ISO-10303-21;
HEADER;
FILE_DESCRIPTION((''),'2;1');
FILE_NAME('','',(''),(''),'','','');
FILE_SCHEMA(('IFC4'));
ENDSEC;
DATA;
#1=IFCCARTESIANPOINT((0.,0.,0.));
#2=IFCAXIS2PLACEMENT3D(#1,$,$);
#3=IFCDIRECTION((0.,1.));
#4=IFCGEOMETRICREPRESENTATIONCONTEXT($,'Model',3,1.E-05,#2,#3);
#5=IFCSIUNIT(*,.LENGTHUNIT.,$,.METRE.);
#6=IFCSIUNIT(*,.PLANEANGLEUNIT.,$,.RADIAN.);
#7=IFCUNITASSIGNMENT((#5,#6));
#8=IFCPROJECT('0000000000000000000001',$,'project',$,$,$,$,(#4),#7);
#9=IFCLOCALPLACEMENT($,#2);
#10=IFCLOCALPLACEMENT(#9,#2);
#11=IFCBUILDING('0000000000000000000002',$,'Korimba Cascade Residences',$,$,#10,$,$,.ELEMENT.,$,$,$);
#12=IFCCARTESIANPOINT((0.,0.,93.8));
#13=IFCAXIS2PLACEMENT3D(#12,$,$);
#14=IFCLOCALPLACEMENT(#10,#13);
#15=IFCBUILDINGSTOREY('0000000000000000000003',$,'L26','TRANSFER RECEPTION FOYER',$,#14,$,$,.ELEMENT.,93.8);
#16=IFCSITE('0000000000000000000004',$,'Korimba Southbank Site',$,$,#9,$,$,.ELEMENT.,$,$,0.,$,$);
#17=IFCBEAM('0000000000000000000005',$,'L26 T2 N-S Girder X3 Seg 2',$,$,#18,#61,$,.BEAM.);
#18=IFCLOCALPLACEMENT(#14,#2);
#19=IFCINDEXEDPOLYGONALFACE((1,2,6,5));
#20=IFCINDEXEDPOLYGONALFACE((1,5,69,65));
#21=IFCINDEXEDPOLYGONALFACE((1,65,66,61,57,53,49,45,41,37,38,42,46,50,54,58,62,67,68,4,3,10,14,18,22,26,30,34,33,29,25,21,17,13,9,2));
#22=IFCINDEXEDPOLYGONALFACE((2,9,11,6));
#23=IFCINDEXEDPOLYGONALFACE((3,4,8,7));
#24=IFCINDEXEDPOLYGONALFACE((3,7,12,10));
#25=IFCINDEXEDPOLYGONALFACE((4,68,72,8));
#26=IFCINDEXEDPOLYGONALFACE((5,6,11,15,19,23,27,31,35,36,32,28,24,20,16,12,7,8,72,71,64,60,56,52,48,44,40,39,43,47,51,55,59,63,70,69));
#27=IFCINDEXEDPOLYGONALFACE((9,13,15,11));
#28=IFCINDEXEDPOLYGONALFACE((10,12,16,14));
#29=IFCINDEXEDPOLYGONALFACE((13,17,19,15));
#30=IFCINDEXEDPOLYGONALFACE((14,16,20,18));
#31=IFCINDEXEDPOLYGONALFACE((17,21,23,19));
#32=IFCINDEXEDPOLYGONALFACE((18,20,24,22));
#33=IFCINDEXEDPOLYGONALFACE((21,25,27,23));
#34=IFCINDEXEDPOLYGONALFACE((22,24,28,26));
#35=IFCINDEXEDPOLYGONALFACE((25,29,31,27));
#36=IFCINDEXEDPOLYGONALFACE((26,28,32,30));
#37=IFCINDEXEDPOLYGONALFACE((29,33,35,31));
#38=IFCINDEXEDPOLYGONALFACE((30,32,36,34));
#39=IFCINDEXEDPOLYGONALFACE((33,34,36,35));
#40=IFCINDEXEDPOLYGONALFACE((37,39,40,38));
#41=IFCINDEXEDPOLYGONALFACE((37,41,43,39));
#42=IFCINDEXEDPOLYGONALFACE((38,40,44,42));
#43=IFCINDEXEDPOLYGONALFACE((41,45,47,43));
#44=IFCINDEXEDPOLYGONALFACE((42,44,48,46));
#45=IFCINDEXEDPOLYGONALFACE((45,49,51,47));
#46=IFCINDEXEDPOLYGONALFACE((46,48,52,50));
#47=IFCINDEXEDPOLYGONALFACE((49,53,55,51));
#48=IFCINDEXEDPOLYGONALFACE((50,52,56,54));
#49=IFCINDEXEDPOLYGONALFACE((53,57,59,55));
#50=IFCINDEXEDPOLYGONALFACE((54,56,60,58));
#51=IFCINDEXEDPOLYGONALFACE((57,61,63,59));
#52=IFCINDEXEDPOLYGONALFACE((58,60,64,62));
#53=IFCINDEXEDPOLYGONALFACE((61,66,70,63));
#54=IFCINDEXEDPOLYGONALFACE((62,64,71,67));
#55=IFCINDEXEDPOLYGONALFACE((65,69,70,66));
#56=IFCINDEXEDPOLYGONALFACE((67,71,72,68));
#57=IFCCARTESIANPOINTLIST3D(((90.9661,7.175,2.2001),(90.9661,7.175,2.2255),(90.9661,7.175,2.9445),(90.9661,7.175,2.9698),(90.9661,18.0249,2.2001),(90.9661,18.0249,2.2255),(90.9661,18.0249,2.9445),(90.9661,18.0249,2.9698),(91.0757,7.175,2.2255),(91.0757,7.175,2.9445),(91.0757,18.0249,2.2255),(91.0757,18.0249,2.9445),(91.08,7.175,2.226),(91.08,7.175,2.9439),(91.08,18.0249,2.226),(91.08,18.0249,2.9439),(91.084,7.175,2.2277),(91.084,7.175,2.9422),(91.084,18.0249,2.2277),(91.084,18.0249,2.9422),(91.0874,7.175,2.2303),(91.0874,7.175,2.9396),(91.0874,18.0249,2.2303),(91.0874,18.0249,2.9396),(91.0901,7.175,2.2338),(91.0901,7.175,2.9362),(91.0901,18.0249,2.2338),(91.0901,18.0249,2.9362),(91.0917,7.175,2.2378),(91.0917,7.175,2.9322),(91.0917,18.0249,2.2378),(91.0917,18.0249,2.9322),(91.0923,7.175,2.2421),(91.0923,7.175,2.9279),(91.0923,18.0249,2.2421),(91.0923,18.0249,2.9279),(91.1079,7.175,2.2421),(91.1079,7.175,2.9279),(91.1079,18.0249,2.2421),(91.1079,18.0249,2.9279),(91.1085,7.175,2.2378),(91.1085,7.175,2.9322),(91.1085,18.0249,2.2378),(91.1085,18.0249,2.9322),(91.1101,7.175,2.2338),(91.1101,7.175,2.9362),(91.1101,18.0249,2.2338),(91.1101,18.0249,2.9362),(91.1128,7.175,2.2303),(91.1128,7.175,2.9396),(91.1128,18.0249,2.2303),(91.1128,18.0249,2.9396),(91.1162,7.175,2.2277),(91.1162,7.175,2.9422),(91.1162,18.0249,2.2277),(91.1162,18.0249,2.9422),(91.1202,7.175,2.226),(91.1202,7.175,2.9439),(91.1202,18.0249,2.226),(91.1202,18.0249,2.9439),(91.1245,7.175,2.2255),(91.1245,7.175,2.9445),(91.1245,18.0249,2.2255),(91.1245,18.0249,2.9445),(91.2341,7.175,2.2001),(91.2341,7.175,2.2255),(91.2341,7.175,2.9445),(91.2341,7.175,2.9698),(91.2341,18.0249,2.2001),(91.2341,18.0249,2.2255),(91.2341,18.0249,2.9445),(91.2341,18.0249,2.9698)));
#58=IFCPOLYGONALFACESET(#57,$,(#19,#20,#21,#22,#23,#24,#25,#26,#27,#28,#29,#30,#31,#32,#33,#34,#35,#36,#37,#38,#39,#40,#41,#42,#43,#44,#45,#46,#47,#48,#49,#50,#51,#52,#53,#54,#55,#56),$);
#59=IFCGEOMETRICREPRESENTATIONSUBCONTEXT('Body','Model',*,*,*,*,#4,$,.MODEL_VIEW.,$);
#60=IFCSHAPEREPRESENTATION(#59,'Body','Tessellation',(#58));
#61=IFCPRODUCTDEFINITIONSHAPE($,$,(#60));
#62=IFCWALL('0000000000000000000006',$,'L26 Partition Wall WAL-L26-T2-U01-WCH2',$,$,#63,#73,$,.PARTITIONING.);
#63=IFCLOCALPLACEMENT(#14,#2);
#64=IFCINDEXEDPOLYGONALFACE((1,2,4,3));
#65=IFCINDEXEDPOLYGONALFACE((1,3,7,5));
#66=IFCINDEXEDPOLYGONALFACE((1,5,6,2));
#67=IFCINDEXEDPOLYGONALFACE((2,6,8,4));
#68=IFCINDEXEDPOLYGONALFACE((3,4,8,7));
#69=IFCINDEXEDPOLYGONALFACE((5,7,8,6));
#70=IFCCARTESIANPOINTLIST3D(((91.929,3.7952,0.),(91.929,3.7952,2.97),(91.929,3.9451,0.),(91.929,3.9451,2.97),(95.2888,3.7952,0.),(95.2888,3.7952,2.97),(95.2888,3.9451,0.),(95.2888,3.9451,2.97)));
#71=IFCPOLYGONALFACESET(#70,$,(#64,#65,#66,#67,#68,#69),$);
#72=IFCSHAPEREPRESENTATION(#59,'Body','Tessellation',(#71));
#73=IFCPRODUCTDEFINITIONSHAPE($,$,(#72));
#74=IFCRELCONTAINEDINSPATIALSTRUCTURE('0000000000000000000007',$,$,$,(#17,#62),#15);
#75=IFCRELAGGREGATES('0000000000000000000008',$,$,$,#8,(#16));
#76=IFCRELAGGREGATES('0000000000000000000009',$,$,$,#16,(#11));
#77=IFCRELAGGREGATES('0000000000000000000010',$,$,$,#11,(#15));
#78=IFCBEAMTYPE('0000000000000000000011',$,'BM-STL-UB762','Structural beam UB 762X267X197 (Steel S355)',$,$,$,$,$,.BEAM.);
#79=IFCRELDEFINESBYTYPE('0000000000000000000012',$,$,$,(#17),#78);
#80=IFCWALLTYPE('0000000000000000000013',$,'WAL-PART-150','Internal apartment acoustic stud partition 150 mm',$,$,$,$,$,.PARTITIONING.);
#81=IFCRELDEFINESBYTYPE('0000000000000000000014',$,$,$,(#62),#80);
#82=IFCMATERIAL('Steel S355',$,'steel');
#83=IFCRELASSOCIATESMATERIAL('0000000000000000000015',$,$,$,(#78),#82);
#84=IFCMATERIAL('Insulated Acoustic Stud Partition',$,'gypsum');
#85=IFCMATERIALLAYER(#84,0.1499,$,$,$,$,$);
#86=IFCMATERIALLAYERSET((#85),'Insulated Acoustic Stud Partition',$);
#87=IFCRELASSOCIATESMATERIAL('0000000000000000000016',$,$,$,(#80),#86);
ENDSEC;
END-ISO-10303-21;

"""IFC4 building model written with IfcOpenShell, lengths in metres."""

from ifc_helpers import new_model, si_unit, direction, frame, frame_2d, origin, origin_2d, place, context, subcontext, project, spatial, rectangle, i_section, extrude, material, layer, layer_set, material_profile, profile_set, type_object, element, save


model = new_model("IFC4")

# Units and contexts
model_context = context("Model", 3, precision=1e-05, world=origin(), true_north=direction((0.0, 1.0)))
body_context = subcontext(model_context, "Body", "Model", "MODEL_VIEW")
ifc_project = project(units=[si_unit("LENGTHUNIT", "METRE"), si_unit("PLANEANGLEUNIT", "RADIAN")], contexts=[model_context])

# Site, building, storey
site_placement = place(None, origin())
site = spatial("IfcSite", under=ifc_project, at=site_placement, Name="Korimba Southbank Site", CompositionType="ELEMENT", RefElevation=0.0)
building_placement = place(site_placement, origin())
building = spatial("IfcBuilding", under=site, at=building_placement, Name="Korimba Cascade Residences", CompositionType="ELEMENT")
storey_placement = place(building_placement, frame((0.0, 0.0, 93.8)))
storey = spatial("IfcBuildingStorey", under=building, at=storey_placement, Name="L26", Description="TRANSFER RECEPTION FOYER", CompositionType="ELEMENT", Elevation=93.8)

# Beam
ifc_material_1 = material(Name="Steel S355", Category="steel")
ifc_material_profile_1 = material_profile(ifc_material_1, i_section(OverallWidth=0.2681, OverallDepth=0.7698, WebThickness=0.0156, FlangeThickness=0.0254, FilletRadius=0.0166, at=origin_2d()), Name="Steel S355")
ifc_profile_set_1 = profile_set([ifc_material_profile_1], Name="Steel S355")
beam_type_1 = type_object("IfcBeamType", Name="BM-STL-UB762", Description="Structural beam UB 762X267X197 (Steel S355)", PredefinedType="BEAM", material=ifc_profile_set_1)
for number, where, z_axis, x_axis, name in (
    (1, (91.1001, 7.175, 2.585), (0.0, 1.0, 0.0), (-1.0, 0.0, 0.0), "L26 T2 N-S Girder X3 Seg 2"),
):
    element("IfcBeam", number, at=place(storey_placement, frame(where, z_axis=z_axis, x_axis=x_axis)), inside=storey, type_object=beam_type_1, Name=name, PredefinedType="BEAM", context=body_context, shape_type="SweptSolid", body=[
        extrude(i_section(OverallWidth=0.2681, OverallDepth=0.7698, WebThickness=0.0156, FlangeThickness=0.0254, FilletRadius=0.0166, at=origin_2d()), origin(), (0.0, 0.0, 1.0), 10.8499),
    ])

# Wall
ifc_material_2 = material(Name="Insulated Acoustic Stud Partition", Category="gypsum")
ifc_layer = layer(ifc_material_2, 0.1499)
ifc_layer_set = layer_set([ifc_layer], Name="Insulated Acoustic Stud Partition")
wall_type = type_object("IfcWallType", Name="WAL-PART-150", Description="Internal apartment acoustic stud partition 150 mm", PredefinedType="PARTITIONING", material=ifc_layer_set)
wall_placement = place(storey_placement, frame((91.929, 3.8701, 0.0), z_axis=(0.0, 0.0, 1.0), x_axis=(1.0, 0.0, 0.0)))
element("IfcWall", 2, at=wall_placement, inside=storey, type_object=wall_type, Name="L26 Partition Wall WAL-L26-T2-U01-WCH2", PredefinedType="PARTITIONING", context=body_context, shape_type="SweptSolid", body=[
    extrude(rectangle(XDim=3.3599, YDim=0.1499, at=frame_2d((1.6799, 0.0))), origin(), (0.0, 0.0, 1.0), 2.97),
])

save(model, "model.ifc")
